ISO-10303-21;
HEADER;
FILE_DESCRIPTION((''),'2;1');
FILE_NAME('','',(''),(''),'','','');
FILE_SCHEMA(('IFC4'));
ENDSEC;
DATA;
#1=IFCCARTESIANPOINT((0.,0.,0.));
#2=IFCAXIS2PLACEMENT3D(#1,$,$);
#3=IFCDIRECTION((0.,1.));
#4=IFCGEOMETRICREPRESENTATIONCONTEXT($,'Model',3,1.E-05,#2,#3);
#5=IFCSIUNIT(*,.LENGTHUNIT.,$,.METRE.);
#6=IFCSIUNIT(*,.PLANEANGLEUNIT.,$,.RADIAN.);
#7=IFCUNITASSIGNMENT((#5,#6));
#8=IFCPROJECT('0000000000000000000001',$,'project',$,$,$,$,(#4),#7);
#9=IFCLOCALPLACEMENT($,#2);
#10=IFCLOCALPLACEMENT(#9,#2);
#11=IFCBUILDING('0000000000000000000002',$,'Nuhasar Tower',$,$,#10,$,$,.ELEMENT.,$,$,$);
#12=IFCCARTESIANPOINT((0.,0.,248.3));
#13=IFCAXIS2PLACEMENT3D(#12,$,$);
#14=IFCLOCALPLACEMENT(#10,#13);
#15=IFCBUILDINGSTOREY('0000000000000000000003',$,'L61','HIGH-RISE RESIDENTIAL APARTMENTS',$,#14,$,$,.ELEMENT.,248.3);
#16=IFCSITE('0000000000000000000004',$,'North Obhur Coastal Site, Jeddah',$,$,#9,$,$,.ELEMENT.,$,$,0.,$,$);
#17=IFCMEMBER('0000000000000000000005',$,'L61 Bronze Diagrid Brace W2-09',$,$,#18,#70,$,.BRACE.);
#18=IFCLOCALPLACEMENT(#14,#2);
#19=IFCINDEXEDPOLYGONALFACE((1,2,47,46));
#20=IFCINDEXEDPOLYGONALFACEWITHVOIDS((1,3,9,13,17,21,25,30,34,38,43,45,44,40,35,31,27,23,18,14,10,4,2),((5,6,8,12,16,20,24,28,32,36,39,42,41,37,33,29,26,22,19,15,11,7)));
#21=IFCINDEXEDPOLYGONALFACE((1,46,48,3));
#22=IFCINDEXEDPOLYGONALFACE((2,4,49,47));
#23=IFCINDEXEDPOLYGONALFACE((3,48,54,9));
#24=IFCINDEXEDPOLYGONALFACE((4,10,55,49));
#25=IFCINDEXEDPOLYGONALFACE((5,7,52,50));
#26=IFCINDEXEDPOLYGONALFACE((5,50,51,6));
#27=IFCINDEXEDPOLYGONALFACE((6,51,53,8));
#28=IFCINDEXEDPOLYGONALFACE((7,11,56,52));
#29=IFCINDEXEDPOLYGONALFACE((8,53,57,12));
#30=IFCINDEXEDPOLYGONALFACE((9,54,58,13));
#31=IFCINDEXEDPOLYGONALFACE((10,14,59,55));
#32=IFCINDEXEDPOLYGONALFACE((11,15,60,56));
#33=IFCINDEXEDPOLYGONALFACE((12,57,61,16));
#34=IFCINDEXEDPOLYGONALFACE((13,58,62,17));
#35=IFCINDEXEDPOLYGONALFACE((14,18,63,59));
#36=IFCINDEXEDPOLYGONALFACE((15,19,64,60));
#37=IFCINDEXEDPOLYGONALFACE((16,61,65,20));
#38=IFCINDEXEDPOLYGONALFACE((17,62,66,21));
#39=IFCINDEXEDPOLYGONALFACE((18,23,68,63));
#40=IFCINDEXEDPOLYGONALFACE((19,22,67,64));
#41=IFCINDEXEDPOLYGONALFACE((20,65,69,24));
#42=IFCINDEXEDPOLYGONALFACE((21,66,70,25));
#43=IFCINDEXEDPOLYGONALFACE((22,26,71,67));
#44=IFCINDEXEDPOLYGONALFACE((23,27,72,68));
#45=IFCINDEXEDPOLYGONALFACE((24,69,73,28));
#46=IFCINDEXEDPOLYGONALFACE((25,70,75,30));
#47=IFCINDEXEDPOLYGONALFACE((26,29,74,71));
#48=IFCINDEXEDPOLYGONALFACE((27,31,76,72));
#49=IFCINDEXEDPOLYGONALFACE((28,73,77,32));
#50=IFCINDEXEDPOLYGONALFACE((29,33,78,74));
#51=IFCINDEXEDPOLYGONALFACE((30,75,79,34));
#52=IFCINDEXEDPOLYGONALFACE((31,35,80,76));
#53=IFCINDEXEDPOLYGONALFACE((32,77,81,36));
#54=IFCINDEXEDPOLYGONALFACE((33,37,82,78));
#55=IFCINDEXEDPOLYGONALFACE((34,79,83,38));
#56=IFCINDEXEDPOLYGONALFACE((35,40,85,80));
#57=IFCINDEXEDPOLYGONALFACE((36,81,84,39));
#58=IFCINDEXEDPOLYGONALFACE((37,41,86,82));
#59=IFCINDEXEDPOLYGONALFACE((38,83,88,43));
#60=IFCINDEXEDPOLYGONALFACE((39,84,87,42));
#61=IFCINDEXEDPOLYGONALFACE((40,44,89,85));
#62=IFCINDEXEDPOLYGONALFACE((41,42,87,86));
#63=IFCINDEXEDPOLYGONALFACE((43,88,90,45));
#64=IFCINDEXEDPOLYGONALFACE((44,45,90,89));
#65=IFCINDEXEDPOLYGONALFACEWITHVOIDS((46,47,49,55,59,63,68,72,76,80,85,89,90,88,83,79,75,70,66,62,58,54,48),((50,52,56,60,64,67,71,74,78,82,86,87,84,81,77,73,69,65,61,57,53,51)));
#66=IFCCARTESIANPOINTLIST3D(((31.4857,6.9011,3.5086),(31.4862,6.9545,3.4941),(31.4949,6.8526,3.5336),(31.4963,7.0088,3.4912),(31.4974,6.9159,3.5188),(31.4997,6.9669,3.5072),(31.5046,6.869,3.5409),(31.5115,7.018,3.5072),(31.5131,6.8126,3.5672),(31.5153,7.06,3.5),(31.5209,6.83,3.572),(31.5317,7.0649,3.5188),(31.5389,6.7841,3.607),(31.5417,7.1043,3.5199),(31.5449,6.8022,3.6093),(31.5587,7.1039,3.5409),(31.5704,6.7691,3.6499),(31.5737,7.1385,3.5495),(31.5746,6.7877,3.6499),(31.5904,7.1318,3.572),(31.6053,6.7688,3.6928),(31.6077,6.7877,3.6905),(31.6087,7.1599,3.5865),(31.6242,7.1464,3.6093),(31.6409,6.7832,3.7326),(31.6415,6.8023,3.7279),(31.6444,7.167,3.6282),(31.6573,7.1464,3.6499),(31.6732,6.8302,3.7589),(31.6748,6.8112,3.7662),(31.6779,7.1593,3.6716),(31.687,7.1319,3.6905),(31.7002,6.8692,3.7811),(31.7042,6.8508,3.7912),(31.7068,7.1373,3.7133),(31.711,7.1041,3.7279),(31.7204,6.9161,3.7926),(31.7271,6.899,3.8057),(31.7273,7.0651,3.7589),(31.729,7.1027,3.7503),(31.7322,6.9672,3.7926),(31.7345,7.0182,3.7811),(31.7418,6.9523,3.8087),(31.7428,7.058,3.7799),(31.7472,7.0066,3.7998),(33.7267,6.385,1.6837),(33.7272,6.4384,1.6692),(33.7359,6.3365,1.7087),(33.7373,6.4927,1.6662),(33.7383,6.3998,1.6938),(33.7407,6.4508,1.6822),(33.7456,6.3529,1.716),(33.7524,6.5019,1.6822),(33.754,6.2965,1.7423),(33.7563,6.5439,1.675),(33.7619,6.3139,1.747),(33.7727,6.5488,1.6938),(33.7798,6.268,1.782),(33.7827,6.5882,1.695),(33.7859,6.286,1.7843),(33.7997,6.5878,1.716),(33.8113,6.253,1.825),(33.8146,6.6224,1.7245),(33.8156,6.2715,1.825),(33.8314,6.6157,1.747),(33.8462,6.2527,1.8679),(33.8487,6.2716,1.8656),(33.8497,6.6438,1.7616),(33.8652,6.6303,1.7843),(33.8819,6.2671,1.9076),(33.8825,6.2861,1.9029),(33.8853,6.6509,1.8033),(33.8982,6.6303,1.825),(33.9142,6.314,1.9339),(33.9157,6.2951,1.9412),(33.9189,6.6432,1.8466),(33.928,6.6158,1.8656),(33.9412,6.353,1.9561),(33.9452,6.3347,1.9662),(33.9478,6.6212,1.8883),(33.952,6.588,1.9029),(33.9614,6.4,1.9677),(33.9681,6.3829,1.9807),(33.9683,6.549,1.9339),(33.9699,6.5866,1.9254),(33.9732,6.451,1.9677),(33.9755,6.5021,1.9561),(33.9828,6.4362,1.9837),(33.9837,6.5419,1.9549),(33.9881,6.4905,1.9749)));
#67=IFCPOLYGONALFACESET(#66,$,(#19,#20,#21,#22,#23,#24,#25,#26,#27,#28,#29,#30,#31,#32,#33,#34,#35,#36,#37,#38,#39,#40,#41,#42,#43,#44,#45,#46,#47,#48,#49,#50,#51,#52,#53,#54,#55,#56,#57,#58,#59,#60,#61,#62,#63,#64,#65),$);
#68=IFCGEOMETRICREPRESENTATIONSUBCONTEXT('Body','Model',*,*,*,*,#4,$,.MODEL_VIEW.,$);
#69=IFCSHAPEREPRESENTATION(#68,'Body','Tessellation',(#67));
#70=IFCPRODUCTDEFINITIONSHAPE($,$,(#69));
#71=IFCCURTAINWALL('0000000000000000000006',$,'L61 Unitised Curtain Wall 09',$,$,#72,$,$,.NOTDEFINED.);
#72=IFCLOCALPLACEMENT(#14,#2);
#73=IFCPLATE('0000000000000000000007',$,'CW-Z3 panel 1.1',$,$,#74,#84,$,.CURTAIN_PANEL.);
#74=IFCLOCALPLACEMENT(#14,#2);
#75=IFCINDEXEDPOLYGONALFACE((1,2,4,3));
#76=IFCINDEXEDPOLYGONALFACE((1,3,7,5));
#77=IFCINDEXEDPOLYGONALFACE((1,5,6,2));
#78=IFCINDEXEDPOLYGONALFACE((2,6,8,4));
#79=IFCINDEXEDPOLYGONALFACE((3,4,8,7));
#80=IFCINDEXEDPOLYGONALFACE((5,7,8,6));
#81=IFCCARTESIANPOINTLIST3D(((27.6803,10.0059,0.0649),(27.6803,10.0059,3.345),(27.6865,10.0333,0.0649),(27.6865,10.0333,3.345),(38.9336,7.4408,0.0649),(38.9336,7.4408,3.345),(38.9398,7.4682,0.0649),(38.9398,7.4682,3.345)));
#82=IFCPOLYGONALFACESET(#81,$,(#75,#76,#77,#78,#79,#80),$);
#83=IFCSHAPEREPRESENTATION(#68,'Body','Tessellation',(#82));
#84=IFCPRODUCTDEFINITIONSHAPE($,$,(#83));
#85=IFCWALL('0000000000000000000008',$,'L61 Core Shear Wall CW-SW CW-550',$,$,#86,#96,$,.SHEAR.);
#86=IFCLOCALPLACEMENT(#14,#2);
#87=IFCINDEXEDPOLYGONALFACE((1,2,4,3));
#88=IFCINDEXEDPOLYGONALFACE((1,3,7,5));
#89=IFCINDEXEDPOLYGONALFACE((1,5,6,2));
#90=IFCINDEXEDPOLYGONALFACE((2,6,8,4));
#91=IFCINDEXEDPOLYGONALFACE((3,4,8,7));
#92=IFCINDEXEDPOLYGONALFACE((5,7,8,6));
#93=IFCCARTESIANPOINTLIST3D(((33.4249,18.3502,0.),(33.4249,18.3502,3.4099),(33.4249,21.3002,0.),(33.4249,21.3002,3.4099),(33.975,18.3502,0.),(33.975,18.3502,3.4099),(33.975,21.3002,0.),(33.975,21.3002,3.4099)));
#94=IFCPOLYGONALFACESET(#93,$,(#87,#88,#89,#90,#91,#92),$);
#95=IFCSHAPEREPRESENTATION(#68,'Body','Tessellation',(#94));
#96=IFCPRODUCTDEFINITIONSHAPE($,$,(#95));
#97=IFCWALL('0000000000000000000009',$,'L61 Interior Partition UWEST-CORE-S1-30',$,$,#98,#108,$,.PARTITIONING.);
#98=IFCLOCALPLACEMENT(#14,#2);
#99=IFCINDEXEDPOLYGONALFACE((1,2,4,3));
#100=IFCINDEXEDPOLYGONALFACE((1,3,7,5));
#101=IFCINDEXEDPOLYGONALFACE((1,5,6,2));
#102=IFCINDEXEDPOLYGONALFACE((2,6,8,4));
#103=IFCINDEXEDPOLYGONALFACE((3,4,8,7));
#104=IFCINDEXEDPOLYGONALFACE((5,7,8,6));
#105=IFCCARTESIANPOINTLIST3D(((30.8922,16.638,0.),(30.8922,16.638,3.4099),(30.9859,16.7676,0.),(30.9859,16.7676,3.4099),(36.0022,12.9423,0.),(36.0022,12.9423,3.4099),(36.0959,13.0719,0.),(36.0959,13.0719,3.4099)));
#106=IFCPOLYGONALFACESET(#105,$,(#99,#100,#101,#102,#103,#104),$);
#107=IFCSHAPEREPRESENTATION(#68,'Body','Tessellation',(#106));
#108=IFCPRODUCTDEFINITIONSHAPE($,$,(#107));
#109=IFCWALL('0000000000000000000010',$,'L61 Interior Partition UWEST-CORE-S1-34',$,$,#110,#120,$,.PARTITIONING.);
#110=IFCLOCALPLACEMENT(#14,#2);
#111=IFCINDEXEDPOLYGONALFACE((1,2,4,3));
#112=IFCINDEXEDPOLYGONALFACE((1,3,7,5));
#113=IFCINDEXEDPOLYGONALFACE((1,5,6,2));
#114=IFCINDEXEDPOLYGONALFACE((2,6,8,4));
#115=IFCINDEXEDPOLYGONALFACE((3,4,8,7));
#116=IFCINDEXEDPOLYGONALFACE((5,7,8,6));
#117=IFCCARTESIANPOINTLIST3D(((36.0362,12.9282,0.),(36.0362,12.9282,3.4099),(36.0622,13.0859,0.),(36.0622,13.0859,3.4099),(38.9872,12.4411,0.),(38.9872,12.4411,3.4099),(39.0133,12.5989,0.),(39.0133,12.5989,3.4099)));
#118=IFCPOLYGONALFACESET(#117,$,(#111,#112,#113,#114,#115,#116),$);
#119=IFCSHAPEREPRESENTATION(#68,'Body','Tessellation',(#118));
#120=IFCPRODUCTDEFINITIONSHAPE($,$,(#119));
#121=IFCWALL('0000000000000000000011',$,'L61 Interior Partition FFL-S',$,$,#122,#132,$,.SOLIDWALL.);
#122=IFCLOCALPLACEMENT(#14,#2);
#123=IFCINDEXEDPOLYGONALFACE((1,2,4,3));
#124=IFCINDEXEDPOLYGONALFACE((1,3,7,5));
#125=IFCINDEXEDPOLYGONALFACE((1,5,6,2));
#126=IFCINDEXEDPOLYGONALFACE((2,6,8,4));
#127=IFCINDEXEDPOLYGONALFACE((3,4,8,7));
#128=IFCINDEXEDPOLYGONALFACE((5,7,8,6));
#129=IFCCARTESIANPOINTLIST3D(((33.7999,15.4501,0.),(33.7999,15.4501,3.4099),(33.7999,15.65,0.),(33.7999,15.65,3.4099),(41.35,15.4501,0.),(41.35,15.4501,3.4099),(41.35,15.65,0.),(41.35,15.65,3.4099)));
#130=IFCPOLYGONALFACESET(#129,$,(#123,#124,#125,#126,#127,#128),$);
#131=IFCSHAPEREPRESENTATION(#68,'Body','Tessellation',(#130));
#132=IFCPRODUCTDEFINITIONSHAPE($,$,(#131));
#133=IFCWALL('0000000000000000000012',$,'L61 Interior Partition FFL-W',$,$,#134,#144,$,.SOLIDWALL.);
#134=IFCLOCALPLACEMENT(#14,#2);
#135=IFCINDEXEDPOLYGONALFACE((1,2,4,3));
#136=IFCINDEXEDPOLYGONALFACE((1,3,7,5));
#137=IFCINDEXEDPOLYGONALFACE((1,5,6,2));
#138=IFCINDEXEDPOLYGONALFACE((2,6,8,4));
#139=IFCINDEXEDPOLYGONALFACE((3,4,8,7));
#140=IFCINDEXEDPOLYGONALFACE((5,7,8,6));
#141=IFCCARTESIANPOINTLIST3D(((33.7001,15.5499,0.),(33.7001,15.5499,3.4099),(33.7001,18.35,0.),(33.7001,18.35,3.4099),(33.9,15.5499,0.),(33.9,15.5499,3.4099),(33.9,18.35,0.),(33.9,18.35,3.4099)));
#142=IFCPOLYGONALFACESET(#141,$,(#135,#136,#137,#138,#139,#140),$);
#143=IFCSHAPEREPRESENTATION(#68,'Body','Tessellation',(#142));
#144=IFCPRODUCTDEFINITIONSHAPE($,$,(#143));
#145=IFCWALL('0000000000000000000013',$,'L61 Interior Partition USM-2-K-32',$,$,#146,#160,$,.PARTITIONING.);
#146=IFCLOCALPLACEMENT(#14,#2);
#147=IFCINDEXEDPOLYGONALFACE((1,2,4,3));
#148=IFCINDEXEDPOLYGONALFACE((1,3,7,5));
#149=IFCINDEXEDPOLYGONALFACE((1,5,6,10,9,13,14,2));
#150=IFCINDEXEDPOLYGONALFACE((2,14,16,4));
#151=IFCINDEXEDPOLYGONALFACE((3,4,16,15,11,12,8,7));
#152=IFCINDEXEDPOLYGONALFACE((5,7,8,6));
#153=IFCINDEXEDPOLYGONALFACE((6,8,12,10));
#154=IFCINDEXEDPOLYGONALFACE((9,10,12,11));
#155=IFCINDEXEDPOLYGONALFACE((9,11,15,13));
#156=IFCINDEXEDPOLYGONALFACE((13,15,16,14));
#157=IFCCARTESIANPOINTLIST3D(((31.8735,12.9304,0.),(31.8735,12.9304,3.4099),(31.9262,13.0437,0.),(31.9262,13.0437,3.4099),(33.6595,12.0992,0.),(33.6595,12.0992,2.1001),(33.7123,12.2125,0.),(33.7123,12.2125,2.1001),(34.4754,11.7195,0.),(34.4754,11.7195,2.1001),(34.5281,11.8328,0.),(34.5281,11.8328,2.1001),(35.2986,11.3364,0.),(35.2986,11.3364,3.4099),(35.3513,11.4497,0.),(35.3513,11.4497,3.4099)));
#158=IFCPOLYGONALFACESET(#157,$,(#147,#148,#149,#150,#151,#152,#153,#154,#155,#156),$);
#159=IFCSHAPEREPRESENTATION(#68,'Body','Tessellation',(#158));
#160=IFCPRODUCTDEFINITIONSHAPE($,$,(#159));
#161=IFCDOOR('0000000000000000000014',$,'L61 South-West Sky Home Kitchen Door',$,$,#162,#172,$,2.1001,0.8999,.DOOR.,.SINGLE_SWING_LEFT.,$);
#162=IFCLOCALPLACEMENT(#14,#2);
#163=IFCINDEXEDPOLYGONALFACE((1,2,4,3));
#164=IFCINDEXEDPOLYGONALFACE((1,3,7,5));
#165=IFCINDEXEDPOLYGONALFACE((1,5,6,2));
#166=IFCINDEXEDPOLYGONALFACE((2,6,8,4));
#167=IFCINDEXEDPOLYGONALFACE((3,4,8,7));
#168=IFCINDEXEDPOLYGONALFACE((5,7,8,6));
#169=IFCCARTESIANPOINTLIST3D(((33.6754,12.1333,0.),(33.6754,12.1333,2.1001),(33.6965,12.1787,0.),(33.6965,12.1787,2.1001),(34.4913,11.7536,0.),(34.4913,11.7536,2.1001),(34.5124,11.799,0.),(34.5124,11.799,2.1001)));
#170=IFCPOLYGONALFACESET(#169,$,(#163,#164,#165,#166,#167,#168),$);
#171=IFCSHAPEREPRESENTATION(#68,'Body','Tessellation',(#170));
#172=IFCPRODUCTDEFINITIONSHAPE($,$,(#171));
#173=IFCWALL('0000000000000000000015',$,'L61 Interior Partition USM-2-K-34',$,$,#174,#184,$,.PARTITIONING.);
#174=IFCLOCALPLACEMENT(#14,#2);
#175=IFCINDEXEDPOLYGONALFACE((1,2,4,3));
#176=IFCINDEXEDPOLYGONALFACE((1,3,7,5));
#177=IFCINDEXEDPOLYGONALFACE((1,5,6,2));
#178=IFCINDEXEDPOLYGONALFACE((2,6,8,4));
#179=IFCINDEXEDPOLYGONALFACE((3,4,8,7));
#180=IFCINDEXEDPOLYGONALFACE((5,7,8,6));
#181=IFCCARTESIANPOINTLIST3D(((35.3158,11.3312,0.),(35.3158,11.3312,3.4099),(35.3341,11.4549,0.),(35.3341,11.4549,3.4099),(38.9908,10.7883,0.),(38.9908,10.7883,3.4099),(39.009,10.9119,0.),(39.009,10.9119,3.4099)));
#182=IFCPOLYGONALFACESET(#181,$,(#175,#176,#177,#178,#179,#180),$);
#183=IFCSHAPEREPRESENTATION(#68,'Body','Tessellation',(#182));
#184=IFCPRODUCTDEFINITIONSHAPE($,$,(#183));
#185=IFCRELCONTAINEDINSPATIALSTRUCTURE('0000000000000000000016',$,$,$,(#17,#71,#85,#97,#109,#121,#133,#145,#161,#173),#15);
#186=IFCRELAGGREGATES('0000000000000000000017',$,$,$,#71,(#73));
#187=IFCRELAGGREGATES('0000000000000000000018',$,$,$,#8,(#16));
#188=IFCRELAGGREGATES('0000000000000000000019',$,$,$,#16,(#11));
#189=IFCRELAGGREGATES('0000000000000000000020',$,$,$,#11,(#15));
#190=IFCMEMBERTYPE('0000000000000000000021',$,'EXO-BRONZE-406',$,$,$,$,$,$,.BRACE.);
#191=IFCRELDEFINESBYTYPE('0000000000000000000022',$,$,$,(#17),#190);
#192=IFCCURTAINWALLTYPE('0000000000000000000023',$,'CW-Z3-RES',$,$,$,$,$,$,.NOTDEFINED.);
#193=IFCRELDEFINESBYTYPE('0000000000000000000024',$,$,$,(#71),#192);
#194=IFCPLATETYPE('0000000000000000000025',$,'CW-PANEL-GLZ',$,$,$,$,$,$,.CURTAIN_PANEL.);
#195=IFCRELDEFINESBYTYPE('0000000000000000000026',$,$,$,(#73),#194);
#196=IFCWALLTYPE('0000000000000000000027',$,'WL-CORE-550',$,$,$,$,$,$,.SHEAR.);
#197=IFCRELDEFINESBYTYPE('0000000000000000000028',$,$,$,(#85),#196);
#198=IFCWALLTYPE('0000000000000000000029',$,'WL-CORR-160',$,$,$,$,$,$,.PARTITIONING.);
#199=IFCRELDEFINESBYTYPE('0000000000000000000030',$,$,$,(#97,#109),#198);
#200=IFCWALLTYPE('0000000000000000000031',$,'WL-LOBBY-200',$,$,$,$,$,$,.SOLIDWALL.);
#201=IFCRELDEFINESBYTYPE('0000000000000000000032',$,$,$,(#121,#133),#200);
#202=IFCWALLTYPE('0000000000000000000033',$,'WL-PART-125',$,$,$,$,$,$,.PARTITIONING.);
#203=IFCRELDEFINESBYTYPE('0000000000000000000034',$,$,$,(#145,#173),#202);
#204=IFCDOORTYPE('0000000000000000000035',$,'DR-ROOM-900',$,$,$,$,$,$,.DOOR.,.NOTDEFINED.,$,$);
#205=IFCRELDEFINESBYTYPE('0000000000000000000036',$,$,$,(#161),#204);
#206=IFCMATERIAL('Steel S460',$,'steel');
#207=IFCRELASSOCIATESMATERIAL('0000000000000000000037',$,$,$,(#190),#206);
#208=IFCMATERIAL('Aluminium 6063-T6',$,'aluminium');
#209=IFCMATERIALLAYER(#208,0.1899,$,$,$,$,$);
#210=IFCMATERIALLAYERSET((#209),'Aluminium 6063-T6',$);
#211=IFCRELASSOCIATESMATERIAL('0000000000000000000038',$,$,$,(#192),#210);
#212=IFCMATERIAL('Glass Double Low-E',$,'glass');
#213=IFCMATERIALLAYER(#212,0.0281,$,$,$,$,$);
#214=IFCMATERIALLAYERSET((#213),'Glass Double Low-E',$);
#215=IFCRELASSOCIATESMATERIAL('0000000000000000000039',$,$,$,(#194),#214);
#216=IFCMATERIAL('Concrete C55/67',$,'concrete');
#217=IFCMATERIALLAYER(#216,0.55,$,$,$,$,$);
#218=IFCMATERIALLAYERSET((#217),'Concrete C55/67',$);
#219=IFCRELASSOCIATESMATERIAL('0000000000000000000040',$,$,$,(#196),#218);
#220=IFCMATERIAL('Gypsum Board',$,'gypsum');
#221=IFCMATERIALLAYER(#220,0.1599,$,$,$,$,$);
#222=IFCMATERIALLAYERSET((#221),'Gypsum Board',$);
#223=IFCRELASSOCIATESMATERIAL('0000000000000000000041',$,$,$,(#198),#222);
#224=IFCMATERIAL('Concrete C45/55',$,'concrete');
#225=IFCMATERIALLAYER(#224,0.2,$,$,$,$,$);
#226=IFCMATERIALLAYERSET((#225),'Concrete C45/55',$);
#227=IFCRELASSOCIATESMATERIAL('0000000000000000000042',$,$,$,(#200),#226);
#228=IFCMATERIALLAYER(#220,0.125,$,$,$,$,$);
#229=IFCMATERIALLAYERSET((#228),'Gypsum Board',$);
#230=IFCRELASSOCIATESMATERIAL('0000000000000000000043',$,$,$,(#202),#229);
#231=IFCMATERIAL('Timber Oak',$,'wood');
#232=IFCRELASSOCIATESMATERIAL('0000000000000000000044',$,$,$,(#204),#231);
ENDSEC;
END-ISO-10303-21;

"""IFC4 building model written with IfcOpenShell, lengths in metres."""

from ifc_helpers import new_model, si_unit, direction, frame, frame_2d, origin, origin_2d, place, context, subcontext, project, spatial, rectangle, hollow_circle, extrude, material, layer, layer_set, material_profile, profile_set, type_object, element, fill, aggregate, save


model = new_model("IFC4")

# Units and contexts
model_context = context("Model", 3, precision=1e-05, world=origin(), true_north=direction((0.0, 1.0)))
body_context = subcontext(model_context, "Body", "Model", "MODEL_VIEW")
ifc_project = project(units=[si_unit("LENGTHUNIT", "METRE"), si_unit("PLANEANGLEUNIT", "RADIAN")], contexts=[model_context])

# Site, building, storey
site_placement = place(None, origin())
site = spatial("IfcSite", under=ifc_project, at=site_placement, Name="North Obhur Coastal Site, Jeddah", CompositionType="ELEMENT", RefElevation=0.0)
building_placement = place(site_placement, origin())
building = spatial("IfcBuilding", under=site, at=building_placement, Name="Nuhasar Tower", CompositionType="ELEMENT")
storey_placement = place(building_placement, frame((0.0, 0.0, 248.3)))
storey = spatial("IfcBuildingStorey", under=building, at=storey_placement, Name="L61", Description="HIGH-RISE RESIDENTIAL APARTMENTS", CompositionType="ELEMENT", Elevation=248.3)

# Shared definitions
ifc_material_1 = material(Name="Concrete C55/67", Category="concrete")

# Member
ifc_material_2 = material(Name="Steel S460", Category="steel")
ifc_material_profile_1 = material_profile(ifc_material_2, hollow_circle(Radius=0.2031, WallThickness=0.019, at=origin_2d()), Name="HSS406.4X19.1")
ifc_profile_set_1 = profile_set([ifc_material_profile_1], Name="Steel S460")
member_type = type_object("IfcMemberType", Name="EXO-BRONZE-406", PredefinedType="BRACE", material=ifc_profile_set_1)
for number, where, z_axis, x_axis, name in (
    (1, (33.8569, 6.4509, 1.825), (-0.763332, 0.175802, 0.621626), (-0.224433, -0.97449, 0.0), "L61 Bronze Diagrid Brace W2-09"),
):
    element("IfcMember", number, at=place(storey_placement, frame(where, z_axis=z_axis, x_axis=x_axis)), inside=storey, type_object=member_type, Name=name, PredefinedType="BRACE", context=body_context, shape_type="SweptSolid", body=[
        extrude(hollow_circle(Radius=0.2031, WallThickness=0.019, at=origin_2d()), origin(), (0.0, 0.0, 1.0), 2.9358),
    ])

# Curtain wall, plate
ifc_material_3 = material(Name="Aluminium 6063-T6", Category="aluminium")
ifc_layer_1 = layer(ifc_material_3, 0.1899)
ifc_layer_set_1 = layer_set([ifc_layer_1], Name="Aluminium 6063-T6")
curtain_wall_type = type_object("IfcCurtainWallType", Name="CW-Z3-RES", PredefinedType="NOTDEFINED", material=ifc_layer_set_1)
curtain_wall_placement = place(storey_placement, origin())
curtain_wall = element("IfcCurtainWall", 2, at=curtain_wall_placement, inside=storey, type_object=curtain_wall_type, Name="L61 Unitised Curtain Wall 09", PredefinedType="NOTDEFINED")
ifc_material_4 = material(Name="Glass Double Low-E", Category="glass")
ifc_layer_2 = layer(ifc_material_4, 0.0281)
ifc_layer_set_2 = layer_set([ifc_layer_2], Name="Glass Double Low-E")
plate_type = type_object("IfcPlateType", Name="CW-PANEL-GLZ", PredefinedType="CURTAIN_PANEL", material=ifc_layer_set_2)
plate_placement = place(storey_placement, frame((33.3101, 8.7371, 0.0649), z_axis=(0.0, 0.0, 1.0), x_axis=(0.974991, -0.222243, 0.0)))
plate = element("IfcPlate", 3, at=plate_placement, type_object=plate_type, Name="CW-Z3 panel 1.1", PredefinedType="CURTAIN_PANEL", context=body_context, shape_type="SweptSolid", body=[
    extrude(rectangle(XDim=11.542, YDim=0.0281, at=origin_2d()), origin(), (0.0, 0.0, 1.0), 3.28),
])
aggregate(curtain_wall, [plate])

# Walls
ifc_layer_3 = layer(ifc_material_1, 0.55)
ifc_layer_set_3 = layer_set([ifc_layer_3], Name="Concrete C55/67")
wall_type_1 = type_object("IfcWallType", Name="WL-CORE-550", PredefinedType="SHEAR", material=ifc_layer_set_3)
wall_1_placement = place(storey_placement, frame((33.7, 18.3501, 0.0), z_axis=(0.0, 0.0, 1.0), x_axis=(0.0, 1.0, 0.0)))
element("IfcWall", 4, at=wall_1_placement, inside=storey, type_object=wall_type_1, Name="L61 Core Shear Wall CW-SW CW-550", PredefinedType="SHEAR", context=body_context, shape_type="SweptSolid", body=[
    extrude(rectangle(XDim=2.95, YDim=0.55, at=frame_2d((1.4751, 0.0))), origin(), (0.0, 0.0, 1.0), 3.4099),
])
ifc_material_5 = material(Name="Gypsum Board", Category="gypsum")
ifc_layer_4 = layer(ifc_material_5, 0.1599)
ifc_layer_set_4 = layer_set([ifc_layer_4], Name="Gypsum Board")
wall_type_2 = type_object("IfcWallType", Name="WL-CORR-160", PredefinedType="PARTITIONING", material=ifc_layer_set_4)
wall_2_placement = place(storey_placement, frame((30.939, 16.7029, 0.0), z_axis=(0.0, 0.0, 1.0), x_axis=(0.81029, -0.586029, 0.0)))
element("IfcWall", 5, at=wall_2_placement, inside=storey, type_object=wall_type_2, Name="L61 Interior Partition UWEST-CORE-S1-30", PredefinedType="PARTITIONING", context=body_context, shape_type="SweptSolid", body=[
    extrude(rectangle(XDim=6.3064, YDim=0.1599, at=frame_2d((3.1533, 0.0))), origin(), (0.0, 0.0, 1.0), 3.4099),
])
wall_3_placement = place(storey_placement, frame((36.0491, 13.0071, 0.0), z_axis=(0.0, 0.0, 1.0), x_axis=(0.986651, -0.16285, 0.0)))
element("IfcWall", 6, at=wall_3_placement, inside=storey, type_object=wall_type_2, Name="L61 Interior Partition UWEST-CORE-S1-34", PredefinedType="PARTITIONING", context=body_context, shape_type="SweptSolid", body=[
    extrude(rectangle(XDim=2.991, YDim=0.1599, at=frame_2d((1.4956, 0.0))), origin(), (0.0, 0.0, 1.0), 3.4099),
])
ifc_material_6 = material(Name="Concrete C45/55", Category="concrete")
ifc_layer_5 = layer(ifc_material_6, 0.2)
ifc_layer_set_5 = layer_set([ifc_layer_5], Name="Concrete C45/55")
wall_type_3 = type_object("IfcWallType", Name="WL-LOBBY-200", PredefinedType="SOLIDWALL", material=ifc_layer_set_5)
wall_4_placement = place(storey_placement, frame((33.8, 15.55, 0.0), z_axis=(0.0, 0.0, 1.0), x_axis=(1.0, 0.0, 0.0)))
element("IfcWall", 7, at=wall_4_placement, inside=storey, type_object=wall_type_3, Name="L61 Interior Partition FFL-S", PredefinedType="SOLIDWALL", context=body_context, shape_type="SweptSolid", body=[
    extrude(rectangle(XDim=7.55, YDim=0.2, at=frame_2d((3.7749, 0.0))), origin(), (0.0, 0.0, 1.0), 3.4099),
])
wall_5_placement = place(storey_placement, frame((33.8, 15.55, 0.0), z_axis=(0.0, 0.0, 1.0), x_axis=(0.0, 1.0, 0.0)))
element("IfcWall", 8, at=wall_5_placement, inside=storey, type_object=wall_type_3, Name="L61 Interior Partition FFL-W", PredefinedType="SOLIDWALL", context=body_context, shape_type="SweptSolid", body=[
    extrude(rectangle(XDim=2.8, YDim=0.2, at=frame_2d((1.3999, 0.0))), origin(), (0.0, 0.0, 1.0), 3.4099),
])

# Wall, opening, door
ifc_layer_6 = layer(ifc_material_5, 0.125)
ifc_layer_set_6 = layer_set([ifc_layer_6], Name="Gypsum Board")
wall_type_4 = type_object("IfcWallType", Name="WL-PART-125", PredefinedType="PARTITIONING", material=ifc_layer_set_6)
wall_6_placement = place(storey_placement, frame((35.325, 11.3931, 0.0), z_axis=(0.0, 0.0, 1.0), x_axis=(-0.906625, 0.421937, 0.0)))
wall_6 = element("IfcWall", 9, at=wall_6_placement, inside=storey, type_object=wall_type_4, Name="L61 Interior Partition USM-2-K-32", PredefinedType="PARTITIONING", context=body_context, shape_type="SweptSolid", body=[
    extrude(rectangle(XDim=3.7778, YDim=0.125, at=frame_2d((1.8889, 0.0))), origin(), (0.0, 0.0, 1.0), 3.4099),
])
opening_1_placement = place(wall_6_placement, frame((0.908, 0.0, 0.0)))
opening_1 = element("IfcOpeningElement", 10, at=opening_1_placement, cuts=wall_6, PredefinedType="OPENING", context=body_context, shape_type="SweptSolid", body=[
    extrude(rectangle(XDim=0.8999, YDim=2.1001, at=frame_2d((0.45, 1.05))), frame((0.0, 0.0725, 0.0), z_axis=(0.0, -1.0, 0.0), x_axis=(1.0, 0.0, 0.0)), (0.0, 0.0, 1.0), 0.145),
])
ifc_material_7 = material(Name="Timber Oak", Category="wood")
door_type = type_object("IfcDoorType", Name="DR-ROOM-900", OperationType="NOTDEFINED", PredefinedType="DOOR", material=ifc_material_7)
door_1_placement = place(opening_1_placement, origin())
door_1 = element("IfcDoor", 11, at=door_1_placement, inside=storey, type_object=door_type, Name="L61 South-West Sky Home Kitchen Door", OperationType="SINGLE_SWING_LEFT", OverallHeight=2.1001, OverallWidth=0.8999, PredefinedType="DOOR", context=body_context, shape_type="SweptSolid", body=[
    extrude(rectangle(XDim=0.8999, YDim=2.1001, at=frame_2d((0.45, 1.05))), frame((0.0, 0.0249, 0.0), z_axis=(0.0, -1.0, 0.0), x_axis=(1.0, 0.0, 0.0)), (0.0, 0.0, 1.0), 0.05),
])
fill(opening_1, door_1)

# Wall
wall_7_placement = place(storey_placement, frame((35.325, 11.3931, 0.0), z_axis=(0.0, 0.0, 1.0), x_axis=(0.989261, -0.146158, 0.0)))
element("IfcWall", 12, at=wall_7_placement, inside=storey, type_object=wall_type_4, Name="L61 Interior Partition USM-2-K-34", PredefinedType="PARTITIONING", context=body_context, shape_type="SweptSolid", body=[
    extrude(rectangle(XDim=3.7148, YDim=0.125, at=frame_2d((1.8574, 0.0))), origin(), (0.0, 0.0, 1.0), 3.4099),
])

save(model, "model.ifc")
